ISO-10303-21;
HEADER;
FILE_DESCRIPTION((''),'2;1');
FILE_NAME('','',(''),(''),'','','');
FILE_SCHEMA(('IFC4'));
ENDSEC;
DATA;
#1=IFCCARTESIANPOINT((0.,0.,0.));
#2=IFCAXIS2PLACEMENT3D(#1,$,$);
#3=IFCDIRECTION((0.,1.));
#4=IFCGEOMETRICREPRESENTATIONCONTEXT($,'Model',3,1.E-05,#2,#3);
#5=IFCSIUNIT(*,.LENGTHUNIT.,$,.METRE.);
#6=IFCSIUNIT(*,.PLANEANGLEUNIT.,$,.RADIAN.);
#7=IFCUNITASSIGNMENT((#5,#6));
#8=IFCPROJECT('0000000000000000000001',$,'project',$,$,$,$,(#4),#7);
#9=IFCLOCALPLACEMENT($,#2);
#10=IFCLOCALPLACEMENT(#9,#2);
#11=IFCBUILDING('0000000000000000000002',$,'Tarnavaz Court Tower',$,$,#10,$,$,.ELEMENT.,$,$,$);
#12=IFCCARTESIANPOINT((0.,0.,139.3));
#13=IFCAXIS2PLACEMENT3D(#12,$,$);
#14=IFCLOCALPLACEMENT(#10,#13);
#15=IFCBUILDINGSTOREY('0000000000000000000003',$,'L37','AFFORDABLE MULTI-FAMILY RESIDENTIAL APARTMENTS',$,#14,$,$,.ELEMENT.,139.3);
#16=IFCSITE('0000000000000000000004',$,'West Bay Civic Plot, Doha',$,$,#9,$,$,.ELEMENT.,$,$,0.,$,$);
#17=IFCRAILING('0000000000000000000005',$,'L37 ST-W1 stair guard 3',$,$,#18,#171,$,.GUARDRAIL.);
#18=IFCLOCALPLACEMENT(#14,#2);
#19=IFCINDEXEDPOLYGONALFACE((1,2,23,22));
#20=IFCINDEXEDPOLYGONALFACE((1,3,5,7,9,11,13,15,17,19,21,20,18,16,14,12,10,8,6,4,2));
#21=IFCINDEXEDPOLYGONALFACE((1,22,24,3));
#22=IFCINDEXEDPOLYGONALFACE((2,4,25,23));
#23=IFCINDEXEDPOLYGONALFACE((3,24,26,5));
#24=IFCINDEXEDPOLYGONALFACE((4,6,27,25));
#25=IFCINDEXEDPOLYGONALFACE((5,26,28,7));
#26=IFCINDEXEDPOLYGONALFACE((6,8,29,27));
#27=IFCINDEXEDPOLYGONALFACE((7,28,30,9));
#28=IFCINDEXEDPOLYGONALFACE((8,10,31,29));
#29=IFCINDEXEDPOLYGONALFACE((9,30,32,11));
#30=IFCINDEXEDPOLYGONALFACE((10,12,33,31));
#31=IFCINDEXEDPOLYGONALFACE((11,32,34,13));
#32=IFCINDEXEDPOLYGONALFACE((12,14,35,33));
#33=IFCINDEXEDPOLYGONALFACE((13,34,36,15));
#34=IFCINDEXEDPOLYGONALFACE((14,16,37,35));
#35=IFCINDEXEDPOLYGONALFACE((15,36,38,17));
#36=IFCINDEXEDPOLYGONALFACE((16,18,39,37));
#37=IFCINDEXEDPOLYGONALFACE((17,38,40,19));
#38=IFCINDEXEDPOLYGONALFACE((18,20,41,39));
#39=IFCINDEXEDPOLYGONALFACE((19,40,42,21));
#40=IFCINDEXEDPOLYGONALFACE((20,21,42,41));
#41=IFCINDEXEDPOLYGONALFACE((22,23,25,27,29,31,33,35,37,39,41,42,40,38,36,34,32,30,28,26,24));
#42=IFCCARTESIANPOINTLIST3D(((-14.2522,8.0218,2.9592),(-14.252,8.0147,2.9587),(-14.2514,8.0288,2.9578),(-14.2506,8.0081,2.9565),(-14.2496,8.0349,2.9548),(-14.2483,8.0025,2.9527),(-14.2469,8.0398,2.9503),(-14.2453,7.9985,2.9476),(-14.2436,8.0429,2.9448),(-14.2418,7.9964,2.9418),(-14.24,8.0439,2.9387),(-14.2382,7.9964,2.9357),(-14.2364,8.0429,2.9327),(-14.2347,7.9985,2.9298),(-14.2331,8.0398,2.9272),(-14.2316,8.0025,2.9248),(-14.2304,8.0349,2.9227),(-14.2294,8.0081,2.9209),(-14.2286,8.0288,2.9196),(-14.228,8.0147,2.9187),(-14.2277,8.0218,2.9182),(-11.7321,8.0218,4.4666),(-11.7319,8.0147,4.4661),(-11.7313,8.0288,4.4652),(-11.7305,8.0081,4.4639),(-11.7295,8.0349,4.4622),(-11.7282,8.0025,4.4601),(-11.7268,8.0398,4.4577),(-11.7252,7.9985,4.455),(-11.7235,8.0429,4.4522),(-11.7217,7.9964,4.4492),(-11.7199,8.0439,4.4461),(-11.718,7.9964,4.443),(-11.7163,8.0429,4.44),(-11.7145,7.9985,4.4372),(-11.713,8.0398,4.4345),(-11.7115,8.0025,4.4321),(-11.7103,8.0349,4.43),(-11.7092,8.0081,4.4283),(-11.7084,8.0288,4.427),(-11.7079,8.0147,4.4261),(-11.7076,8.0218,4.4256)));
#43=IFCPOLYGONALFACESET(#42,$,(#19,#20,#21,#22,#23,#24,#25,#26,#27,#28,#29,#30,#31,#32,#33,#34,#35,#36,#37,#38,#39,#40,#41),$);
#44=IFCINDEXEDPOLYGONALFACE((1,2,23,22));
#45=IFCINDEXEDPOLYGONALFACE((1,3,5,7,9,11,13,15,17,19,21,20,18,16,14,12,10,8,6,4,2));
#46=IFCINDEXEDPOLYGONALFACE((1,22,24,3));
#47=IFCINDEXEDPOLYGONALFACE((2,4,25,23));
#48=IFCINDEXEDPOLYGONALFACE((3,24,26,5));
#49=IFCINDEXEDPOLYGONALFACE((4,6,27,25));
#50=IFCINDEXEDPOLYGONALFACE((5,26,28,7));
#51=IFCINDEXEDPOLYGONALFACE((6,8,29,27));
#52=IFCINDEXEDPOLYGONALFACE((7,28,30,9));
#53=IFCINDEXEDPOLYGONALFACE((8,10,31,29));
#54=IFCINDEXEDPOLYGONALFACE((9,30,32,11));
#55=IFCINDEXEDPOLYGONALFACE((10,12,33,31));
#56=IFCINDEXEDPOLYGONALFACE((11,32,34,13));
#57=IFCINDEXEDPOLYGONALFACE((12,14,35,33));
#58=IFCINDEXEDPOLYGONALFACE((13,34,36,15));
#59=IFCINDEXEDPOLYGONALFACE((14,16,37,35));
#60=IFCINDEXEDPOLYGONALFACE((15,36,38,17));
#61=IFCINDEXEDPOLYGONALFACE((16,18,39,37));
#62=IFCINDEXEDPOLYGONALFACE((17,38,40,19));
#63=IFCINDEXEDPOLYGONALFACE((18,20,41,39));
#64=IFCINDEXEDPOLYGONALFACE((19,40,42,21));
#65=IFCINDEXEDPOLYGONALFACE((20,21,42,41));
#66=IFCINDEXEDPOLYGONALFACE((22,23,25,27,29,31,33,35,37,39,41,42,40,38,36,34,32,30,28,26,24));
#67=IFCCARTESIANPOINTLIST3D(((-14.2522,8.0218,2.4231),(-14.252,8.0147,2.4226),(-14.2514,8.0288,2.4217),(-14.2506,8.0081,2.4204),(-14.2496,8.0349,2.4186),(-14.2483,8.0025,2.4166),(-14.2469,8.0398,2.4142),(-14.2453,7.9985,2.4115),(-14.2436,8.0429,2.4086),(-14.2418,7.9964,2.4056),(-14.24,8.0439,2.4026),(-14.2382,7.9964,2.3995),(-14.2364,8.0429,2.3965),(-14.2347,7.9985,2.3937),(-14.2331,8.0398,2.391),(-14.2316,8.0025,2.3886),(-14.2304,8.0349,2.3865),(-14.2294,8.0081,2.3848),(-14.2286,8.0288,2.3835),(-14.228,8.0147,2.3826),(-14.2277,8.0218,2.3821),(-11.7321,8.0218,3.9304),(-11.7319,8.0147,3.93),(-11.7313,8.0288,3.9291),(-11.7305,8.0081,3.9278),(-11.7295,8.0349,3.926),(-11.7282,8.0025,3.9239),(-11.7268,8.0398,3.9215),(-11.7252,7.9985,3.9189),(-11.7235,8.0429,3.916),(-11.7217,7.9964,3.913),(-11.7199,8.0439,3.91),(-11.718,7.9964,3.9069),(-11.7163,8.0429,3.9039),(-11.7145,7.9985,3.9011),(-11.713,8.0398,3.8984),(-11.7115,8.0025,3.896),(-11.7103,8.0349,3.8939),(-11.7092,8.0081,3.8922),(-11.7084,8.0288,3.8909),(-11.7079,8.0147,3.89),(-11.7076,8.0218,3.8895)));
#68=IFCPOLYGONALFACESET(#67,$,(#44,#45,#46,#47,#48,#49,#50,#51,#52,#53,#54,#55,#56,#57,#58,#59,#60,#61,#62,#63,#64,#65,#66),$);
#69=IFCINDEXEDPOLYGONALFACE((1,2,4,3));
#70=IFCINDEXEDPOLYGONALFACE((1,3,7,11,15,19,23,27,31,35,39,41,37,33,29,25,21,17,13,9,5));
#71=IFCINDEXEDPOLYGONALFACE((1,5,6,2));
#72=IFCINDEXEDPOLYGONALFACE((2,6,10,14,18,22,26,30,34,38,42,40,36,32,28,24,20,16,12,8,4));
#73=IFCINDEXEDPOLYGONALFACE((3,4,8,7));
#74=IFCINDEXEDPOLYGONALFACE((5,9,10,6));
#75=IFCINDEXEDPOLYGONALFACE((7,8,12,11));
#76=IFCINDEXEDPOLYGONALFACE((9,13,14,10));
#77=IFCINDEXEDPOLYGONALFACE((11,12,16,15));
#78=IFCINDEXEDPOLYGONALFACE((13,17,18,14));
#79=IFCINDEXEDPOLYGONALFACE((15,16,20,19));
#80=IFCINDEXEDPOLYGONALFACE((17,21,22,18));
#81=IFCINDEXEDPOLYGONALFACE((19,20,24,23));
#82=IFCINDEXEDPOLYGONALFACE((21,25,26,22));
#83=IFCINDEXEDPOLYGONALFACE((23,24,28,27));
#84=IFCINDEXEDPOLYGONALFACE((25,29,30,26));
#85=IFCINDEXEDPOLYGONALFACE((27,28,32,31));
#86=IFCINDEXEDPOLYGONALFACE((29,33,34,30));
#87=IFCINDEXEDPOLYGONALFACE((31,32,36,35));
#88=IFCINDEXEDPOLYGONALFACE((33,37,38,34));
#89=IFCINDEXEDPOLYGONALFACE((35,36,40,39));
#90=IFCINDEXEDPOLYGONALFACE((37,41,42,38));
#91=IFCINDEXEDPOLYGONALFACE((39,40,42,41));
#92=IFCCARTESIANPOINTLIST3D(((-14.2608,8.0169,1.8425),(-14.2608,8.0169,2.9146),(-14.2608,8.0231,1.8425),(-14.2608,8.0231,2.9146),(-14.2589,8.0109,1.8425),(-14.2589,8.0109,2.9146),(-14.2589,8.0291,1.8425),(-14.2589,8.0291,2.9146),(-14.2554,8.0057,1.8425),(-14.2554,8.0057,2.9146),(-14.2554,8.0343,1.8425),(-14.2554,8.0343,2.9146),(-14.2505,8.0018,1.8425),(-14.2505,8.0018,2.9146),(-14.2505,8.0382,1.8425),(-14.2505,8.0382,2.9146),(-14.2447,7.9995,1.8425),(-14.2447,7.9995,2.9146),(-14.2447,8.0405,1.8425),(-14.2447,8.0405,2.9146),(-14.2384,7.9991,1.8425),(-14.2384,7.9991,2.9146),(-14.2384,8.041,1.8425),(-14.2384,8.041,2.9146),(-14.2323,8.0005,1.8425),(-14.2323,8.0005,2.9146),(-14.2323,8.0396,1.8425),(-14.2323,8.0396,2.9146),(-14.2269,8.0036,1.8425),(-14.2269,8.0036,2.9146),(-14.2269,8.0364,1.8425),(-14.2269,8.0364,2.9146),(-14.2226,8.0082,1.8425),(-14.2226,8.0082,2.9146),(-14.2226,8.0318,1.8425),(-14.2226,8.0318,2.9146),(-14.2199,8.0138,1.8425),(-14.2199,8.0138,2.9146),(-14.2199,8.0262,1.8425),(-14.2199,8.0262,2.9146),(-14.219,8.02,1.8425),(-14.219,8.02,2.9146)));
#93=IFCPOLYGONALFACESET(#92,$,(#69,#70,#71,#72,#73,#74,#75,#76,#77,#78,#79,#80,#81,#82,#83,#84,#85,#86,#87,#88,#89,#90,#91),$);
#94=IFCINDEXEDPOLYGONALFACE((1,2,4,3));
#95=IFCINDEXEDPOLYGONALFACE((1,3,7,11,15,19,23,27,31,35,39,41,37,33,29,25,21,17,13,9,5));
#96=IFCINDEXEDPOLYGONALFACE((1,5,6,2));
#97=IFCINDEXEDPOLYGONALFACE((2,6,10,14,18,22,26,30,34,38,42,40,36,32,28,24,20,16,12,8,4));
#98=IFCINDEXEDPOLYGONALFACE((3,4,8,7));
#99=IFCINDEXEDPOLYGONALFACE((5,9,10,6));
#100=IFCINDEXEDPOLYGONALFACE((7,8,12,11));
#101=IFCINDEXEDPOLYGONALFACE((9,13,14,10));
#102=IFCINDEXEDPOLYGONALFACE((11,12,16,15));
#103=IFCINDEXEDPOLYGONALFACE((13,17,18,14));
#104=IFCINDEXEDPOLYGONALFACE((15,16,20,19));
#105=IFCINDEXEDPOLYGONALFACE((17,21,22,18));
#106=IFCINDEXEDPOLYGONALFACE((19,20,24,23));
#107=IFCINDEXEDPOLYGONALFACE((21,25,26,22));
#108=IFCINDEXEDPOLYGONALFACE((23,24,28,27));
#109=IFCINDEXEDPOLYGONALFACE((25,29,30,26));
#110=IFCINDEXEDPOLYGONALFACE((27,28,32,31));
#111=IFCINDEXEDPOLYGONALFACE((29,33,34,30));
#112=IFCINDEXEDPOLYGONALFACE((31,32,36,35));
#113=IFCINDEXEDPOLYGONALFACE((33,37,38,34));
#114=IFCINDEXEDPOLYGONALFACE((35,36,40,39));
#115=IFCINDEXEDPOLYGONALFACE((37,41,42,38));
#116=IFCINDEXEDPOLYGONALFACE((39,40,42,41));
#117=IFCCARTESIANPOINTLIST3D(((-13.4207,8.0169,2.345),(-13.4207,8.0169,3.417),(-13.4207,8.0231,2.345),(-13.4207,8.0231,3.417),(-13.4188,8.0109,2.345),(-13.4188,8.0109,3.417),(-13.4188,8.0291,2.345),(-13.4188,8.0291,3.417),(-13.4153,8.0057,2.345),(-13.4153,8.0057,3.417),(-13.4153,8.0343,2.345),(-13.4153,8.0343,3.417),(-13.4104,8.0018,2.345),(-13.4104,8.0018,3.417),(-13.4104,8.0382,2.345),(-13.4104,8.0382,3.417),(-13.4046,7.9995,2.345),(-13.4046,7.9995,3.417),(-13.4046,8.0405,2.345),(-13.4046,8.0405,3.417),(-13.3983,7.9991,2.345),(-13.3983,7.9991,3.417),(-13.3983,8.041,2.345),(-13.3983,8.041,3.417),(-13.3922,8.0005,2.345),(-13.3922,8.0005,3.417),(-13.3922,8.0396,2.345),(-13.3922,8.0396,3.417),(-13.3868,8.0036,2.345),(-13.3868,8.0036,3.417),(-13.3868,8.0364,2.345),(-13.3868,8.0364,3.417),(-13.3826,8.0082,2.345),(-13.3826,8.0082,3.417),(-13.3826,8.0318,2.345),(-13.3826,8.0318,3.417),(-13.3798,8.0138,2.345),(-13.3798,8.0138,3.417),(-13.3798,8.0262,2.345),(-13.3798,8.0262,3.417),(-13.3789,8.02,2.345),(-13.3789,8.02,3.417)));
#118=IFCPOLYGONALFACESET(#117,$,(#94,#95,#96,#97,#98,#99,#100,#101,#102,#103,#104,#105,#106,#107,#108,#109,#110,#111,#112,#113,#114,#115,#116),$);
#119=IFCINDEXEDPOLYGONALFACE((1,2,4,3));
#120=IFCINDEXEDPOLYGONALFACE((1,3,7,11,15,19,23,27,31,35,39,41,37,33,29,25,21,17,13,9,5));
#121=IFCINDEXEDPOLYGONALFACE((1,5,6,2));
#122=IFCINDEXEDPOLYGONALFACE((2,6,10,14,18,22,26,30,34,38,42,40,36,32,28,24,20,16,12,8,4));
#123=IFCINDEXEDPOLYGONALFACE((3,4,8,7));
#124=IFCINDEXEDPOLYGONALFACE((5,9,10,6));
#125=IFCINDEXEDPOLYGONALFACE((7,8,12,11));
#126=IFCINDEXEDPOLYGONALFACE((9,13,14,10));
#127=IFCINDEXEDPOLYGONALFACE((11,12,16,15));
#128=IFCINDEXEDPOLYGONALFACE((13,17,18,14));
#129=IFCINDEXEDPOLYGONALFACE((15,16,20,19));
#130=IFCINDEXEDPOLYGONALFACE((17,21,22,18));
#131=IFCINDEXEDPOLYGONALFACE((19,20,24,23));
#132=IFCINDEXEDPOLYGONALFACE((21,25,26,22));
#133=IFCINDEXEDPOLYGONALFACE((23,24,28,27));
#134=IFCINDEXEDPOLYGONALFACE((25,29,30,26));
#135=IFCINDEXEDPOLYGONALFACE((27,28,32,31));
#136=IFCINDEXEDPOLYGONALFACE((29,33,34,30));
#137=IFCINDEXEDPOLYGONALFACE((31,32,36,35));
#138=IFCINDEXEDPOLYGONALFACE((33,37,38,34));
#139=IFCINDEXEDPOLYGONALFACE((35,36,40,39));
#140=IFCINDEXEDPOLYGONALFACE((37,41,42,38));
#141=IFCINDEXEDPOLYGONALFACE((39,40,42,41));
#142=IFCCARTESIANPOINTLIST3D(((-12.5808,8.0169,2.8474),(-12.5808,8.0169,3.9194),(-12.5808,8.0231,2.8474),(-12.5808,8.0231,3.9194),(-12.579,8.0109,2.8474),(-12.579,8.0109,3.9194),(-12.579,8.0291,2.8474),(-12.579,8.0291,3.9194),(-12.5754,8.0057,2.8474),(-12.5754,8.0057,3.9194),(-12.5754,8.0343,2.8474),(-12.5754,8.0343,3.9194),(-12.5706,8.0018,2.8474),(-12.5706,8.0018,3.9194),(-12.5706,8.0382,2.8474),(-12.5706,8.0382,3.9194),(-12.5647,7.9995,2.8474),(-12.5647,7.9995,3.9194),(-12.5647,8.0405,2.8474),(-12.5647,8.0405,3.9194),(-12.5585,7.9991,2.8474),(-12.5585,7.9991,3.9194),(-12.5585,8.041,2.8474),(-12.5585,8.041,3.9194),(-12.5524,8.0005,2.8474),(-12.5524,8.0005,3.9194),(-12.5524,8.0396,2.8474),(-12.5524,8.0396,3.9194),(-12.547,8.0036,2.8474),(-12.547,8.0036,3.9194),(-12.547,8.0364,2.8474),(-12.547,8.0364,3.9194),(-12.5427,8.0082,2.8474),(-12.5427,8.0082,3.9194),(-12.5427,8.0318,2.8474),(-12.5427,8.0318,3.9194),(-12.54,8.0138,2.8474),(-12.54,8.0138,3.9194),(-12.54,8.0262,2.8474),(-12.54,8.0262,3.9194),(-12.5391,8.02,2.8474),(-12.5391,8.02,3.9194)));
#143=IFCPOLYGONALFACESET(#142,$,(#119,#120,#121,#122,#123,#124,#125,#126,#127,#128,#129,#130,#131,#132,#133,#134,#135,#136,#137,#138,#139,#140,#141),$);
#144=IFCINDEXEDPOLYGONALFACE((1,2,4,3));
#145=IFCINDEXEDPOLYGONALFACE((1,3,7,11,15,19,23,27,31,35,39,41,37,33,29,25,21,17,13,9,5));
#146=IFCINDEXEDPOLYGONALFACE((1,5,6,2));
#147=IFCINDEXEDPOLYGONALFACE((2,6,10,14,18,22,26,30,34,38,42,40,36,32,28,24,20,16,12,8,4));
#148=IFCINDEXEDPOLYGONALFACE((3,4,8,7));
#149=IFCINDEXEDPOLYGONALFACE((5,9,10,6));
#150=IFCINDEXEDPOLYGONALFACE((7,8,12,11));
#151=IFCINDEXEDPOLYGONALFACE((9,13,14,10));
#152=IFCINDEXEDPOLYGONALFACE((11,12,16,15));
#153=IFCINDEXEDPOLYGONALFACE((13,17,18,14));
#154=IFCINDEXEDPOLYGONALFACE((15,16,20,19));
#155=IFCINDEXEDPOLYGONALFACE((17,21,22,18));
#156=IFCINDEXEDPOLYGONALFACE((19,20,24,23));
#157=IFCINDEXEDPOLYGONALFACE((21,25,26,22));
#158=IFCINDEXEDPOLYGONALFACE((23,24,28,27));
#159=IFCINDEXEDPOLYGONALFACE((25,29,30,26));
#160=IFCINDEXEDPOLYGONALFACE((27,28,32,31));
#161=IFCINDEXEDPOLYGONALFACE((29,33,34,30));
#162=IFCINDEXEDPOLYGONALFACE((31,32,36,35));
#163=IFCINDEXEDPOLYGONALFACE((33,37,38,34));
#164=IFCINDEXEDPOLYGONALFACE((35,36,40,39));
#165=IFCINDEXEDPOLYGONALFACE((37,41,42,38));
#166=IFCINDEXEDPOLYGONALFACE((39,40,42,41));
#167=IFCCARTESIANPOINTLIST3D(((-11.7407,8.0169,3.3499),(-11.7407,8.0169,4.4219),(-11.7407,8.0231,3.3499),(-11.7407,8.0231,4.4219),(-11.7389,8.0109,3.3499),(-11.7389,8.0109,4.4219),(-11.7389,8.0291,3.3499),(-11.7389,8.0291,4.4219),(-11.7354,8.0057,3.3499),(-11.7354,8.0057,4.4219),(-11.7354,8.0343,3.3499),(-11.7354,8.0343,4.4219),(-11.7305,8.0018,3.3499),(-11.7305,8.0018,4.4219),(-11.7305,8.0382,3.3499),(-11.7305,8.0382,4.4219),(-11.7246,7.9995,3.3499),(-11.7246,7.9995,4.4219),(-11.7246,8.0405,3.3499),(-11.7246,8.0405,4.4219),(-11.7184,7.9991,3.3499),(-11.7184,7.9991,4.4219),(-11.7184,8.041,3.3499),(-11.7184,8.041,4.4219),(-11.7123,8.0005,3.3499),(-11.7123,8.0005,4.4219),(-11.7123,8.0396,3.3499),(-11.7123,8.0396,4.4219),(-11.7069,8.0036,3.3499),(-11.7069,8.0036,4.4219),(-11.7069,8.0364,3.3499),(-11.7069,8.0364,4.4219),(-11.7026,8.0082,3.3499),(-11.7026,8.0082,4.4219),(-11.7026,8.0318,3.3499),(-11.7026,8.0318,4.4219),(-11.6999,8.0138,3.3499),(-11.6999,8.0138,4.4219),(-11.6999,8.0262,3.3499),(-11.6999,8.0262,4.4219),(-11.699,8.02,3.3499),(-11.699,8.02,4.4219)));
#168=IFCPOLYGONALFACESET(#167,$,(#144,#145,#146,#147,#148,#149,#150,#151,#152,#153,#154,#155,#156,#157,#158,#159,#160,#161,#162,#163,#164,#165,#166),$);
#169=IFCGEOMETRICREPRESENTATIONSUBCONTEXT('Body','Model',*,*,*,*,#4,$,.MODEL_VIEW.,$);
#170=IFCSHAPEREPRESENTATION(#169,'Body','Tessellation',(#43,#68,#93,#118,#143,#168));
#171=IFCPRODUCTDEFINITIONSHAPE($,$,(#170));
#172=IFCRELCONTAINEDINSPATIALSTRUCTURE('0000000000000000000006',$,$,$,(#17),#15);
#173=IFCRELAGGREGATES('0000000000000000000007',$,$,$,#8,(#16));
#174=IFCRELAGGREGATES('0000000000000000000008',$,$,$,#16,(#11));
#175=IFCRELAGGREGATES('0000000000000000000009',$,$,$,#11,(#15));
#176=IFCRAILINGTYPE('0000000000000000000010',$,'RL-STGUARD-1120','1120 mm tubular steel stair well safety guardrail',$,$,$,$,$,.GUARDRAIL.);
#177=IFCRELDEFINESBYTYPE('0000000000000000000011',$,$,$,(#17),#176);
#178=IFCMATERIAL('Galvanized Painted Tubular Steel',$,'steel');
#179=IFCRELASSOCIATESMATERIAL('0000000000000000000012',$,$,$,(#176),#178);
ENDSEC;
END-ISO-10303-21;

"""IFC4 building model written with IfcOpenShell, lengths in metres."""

from ifc_helpers import new_model, si_unit, direction, frame, origin, origin_2d, place, context, subcontext, project, spatial, circle, extrude, material, type_object, element, save


model = new_model("IFC4")

# Units and contexts
model_context = context("Model", 3, precision=1e-05, world=origin(), true_north=direction((0.0, 1.0)))
body_context = subcontext(model_context, "Body", "Model", "MODEL_VIEW")
ifc_project = project(units=[si_unit("LENGTHUNIT", "METRE"), si_unit("PLANEANGLEUNIT", "RADIAN")], contexts=[model_context])

# Site, building, storey
site_placement = place(None, origin())
site = spatial("IfcSite", under=ifc_project, at=site_placement, Name="West Bay Civic Plot, Doha", CompositionType="ELEMENT", RefElevation=0.0)
building_placement = place(site_placement, origin())
building = spatial("IfcBuilding", under=site, at=building_placement, Name="Tarnavaz Court Tower", CompositionType="ELEMENT")
storey_placement = place(building_placement, frame((0.0, 0.0, 139.3)))
storey = spatial("IfcBuildingStorey", under=building, at=storey_placement, Name="L37", Description="AFFORDABLE MULTI-FAMILY RESIDENTIAL APARTMENTS", CompositionType="ELEMENT", Elevation=139.3)

# Railing
ifc_material_1 = material(Name="Galvanized Painted Tubular Steel", Category="steel")
railing_type_1 = type_object("IfcRailingType", Name="RL-STGUARD-1120", Description="1120 mm tubular steel stair well safety guardrail", PredefinedType="GUARDRAIL", material=ifc_material_1)
railing_1_placement = place(storey_placement, frame((-14.24, 8.02, 1.8425)))
element("IfcRailing", 1, at=railing_1_placement, inside=storey, type_object=railing_type_1, Name="L37 ST-W1 stair guard 3", PredefinedType="GUARDRAIL", context=body_context, shape_type="SweptSolid", body=[
    extrude(circle(Radius=0.0239, at=origin_2d()), frame((0.0, 0.0, 1.0962), z_axis=(0.858196, 0.0, 0.513321), x_axis=(0.0, 1.0, 0.0)), (0.0, 0.0, 1.0), 2.9365),
    extrude(circle(Radius=0.0239, at=origin_2d()), frame((0.0, 0.0, 0.5601), z_axis=(0.858196, 0.0, 0.513321), x_axis=(0.0, 1.0, 0.0)), (0.0, 0.0, 1.0), 2.9365),
    extrude(circle(Radius=0.021, at=origin_2d()), origin(), (0.0, 0.0, 1.0), 1.072),
    extrude(circle(Radius=0.021, at=origin_2d()), frame((0.8401, 0.0, 0.5024)), (0.0, 0.0, 1.0), 1.072),
    extrude(circle(Radius=0.021, at=origin_2d()), frame((1.6799, 0.0, 1.0049)), (0.0, 0.0, 1.0), 1.072),
    extrude(circle(Radius=0.021, at=origin_2d()), frame((2.52, 0.0, 1.5073)), (0.0, 0.0, 1.0), 1.072),
])

save(model, "model.ifc")
